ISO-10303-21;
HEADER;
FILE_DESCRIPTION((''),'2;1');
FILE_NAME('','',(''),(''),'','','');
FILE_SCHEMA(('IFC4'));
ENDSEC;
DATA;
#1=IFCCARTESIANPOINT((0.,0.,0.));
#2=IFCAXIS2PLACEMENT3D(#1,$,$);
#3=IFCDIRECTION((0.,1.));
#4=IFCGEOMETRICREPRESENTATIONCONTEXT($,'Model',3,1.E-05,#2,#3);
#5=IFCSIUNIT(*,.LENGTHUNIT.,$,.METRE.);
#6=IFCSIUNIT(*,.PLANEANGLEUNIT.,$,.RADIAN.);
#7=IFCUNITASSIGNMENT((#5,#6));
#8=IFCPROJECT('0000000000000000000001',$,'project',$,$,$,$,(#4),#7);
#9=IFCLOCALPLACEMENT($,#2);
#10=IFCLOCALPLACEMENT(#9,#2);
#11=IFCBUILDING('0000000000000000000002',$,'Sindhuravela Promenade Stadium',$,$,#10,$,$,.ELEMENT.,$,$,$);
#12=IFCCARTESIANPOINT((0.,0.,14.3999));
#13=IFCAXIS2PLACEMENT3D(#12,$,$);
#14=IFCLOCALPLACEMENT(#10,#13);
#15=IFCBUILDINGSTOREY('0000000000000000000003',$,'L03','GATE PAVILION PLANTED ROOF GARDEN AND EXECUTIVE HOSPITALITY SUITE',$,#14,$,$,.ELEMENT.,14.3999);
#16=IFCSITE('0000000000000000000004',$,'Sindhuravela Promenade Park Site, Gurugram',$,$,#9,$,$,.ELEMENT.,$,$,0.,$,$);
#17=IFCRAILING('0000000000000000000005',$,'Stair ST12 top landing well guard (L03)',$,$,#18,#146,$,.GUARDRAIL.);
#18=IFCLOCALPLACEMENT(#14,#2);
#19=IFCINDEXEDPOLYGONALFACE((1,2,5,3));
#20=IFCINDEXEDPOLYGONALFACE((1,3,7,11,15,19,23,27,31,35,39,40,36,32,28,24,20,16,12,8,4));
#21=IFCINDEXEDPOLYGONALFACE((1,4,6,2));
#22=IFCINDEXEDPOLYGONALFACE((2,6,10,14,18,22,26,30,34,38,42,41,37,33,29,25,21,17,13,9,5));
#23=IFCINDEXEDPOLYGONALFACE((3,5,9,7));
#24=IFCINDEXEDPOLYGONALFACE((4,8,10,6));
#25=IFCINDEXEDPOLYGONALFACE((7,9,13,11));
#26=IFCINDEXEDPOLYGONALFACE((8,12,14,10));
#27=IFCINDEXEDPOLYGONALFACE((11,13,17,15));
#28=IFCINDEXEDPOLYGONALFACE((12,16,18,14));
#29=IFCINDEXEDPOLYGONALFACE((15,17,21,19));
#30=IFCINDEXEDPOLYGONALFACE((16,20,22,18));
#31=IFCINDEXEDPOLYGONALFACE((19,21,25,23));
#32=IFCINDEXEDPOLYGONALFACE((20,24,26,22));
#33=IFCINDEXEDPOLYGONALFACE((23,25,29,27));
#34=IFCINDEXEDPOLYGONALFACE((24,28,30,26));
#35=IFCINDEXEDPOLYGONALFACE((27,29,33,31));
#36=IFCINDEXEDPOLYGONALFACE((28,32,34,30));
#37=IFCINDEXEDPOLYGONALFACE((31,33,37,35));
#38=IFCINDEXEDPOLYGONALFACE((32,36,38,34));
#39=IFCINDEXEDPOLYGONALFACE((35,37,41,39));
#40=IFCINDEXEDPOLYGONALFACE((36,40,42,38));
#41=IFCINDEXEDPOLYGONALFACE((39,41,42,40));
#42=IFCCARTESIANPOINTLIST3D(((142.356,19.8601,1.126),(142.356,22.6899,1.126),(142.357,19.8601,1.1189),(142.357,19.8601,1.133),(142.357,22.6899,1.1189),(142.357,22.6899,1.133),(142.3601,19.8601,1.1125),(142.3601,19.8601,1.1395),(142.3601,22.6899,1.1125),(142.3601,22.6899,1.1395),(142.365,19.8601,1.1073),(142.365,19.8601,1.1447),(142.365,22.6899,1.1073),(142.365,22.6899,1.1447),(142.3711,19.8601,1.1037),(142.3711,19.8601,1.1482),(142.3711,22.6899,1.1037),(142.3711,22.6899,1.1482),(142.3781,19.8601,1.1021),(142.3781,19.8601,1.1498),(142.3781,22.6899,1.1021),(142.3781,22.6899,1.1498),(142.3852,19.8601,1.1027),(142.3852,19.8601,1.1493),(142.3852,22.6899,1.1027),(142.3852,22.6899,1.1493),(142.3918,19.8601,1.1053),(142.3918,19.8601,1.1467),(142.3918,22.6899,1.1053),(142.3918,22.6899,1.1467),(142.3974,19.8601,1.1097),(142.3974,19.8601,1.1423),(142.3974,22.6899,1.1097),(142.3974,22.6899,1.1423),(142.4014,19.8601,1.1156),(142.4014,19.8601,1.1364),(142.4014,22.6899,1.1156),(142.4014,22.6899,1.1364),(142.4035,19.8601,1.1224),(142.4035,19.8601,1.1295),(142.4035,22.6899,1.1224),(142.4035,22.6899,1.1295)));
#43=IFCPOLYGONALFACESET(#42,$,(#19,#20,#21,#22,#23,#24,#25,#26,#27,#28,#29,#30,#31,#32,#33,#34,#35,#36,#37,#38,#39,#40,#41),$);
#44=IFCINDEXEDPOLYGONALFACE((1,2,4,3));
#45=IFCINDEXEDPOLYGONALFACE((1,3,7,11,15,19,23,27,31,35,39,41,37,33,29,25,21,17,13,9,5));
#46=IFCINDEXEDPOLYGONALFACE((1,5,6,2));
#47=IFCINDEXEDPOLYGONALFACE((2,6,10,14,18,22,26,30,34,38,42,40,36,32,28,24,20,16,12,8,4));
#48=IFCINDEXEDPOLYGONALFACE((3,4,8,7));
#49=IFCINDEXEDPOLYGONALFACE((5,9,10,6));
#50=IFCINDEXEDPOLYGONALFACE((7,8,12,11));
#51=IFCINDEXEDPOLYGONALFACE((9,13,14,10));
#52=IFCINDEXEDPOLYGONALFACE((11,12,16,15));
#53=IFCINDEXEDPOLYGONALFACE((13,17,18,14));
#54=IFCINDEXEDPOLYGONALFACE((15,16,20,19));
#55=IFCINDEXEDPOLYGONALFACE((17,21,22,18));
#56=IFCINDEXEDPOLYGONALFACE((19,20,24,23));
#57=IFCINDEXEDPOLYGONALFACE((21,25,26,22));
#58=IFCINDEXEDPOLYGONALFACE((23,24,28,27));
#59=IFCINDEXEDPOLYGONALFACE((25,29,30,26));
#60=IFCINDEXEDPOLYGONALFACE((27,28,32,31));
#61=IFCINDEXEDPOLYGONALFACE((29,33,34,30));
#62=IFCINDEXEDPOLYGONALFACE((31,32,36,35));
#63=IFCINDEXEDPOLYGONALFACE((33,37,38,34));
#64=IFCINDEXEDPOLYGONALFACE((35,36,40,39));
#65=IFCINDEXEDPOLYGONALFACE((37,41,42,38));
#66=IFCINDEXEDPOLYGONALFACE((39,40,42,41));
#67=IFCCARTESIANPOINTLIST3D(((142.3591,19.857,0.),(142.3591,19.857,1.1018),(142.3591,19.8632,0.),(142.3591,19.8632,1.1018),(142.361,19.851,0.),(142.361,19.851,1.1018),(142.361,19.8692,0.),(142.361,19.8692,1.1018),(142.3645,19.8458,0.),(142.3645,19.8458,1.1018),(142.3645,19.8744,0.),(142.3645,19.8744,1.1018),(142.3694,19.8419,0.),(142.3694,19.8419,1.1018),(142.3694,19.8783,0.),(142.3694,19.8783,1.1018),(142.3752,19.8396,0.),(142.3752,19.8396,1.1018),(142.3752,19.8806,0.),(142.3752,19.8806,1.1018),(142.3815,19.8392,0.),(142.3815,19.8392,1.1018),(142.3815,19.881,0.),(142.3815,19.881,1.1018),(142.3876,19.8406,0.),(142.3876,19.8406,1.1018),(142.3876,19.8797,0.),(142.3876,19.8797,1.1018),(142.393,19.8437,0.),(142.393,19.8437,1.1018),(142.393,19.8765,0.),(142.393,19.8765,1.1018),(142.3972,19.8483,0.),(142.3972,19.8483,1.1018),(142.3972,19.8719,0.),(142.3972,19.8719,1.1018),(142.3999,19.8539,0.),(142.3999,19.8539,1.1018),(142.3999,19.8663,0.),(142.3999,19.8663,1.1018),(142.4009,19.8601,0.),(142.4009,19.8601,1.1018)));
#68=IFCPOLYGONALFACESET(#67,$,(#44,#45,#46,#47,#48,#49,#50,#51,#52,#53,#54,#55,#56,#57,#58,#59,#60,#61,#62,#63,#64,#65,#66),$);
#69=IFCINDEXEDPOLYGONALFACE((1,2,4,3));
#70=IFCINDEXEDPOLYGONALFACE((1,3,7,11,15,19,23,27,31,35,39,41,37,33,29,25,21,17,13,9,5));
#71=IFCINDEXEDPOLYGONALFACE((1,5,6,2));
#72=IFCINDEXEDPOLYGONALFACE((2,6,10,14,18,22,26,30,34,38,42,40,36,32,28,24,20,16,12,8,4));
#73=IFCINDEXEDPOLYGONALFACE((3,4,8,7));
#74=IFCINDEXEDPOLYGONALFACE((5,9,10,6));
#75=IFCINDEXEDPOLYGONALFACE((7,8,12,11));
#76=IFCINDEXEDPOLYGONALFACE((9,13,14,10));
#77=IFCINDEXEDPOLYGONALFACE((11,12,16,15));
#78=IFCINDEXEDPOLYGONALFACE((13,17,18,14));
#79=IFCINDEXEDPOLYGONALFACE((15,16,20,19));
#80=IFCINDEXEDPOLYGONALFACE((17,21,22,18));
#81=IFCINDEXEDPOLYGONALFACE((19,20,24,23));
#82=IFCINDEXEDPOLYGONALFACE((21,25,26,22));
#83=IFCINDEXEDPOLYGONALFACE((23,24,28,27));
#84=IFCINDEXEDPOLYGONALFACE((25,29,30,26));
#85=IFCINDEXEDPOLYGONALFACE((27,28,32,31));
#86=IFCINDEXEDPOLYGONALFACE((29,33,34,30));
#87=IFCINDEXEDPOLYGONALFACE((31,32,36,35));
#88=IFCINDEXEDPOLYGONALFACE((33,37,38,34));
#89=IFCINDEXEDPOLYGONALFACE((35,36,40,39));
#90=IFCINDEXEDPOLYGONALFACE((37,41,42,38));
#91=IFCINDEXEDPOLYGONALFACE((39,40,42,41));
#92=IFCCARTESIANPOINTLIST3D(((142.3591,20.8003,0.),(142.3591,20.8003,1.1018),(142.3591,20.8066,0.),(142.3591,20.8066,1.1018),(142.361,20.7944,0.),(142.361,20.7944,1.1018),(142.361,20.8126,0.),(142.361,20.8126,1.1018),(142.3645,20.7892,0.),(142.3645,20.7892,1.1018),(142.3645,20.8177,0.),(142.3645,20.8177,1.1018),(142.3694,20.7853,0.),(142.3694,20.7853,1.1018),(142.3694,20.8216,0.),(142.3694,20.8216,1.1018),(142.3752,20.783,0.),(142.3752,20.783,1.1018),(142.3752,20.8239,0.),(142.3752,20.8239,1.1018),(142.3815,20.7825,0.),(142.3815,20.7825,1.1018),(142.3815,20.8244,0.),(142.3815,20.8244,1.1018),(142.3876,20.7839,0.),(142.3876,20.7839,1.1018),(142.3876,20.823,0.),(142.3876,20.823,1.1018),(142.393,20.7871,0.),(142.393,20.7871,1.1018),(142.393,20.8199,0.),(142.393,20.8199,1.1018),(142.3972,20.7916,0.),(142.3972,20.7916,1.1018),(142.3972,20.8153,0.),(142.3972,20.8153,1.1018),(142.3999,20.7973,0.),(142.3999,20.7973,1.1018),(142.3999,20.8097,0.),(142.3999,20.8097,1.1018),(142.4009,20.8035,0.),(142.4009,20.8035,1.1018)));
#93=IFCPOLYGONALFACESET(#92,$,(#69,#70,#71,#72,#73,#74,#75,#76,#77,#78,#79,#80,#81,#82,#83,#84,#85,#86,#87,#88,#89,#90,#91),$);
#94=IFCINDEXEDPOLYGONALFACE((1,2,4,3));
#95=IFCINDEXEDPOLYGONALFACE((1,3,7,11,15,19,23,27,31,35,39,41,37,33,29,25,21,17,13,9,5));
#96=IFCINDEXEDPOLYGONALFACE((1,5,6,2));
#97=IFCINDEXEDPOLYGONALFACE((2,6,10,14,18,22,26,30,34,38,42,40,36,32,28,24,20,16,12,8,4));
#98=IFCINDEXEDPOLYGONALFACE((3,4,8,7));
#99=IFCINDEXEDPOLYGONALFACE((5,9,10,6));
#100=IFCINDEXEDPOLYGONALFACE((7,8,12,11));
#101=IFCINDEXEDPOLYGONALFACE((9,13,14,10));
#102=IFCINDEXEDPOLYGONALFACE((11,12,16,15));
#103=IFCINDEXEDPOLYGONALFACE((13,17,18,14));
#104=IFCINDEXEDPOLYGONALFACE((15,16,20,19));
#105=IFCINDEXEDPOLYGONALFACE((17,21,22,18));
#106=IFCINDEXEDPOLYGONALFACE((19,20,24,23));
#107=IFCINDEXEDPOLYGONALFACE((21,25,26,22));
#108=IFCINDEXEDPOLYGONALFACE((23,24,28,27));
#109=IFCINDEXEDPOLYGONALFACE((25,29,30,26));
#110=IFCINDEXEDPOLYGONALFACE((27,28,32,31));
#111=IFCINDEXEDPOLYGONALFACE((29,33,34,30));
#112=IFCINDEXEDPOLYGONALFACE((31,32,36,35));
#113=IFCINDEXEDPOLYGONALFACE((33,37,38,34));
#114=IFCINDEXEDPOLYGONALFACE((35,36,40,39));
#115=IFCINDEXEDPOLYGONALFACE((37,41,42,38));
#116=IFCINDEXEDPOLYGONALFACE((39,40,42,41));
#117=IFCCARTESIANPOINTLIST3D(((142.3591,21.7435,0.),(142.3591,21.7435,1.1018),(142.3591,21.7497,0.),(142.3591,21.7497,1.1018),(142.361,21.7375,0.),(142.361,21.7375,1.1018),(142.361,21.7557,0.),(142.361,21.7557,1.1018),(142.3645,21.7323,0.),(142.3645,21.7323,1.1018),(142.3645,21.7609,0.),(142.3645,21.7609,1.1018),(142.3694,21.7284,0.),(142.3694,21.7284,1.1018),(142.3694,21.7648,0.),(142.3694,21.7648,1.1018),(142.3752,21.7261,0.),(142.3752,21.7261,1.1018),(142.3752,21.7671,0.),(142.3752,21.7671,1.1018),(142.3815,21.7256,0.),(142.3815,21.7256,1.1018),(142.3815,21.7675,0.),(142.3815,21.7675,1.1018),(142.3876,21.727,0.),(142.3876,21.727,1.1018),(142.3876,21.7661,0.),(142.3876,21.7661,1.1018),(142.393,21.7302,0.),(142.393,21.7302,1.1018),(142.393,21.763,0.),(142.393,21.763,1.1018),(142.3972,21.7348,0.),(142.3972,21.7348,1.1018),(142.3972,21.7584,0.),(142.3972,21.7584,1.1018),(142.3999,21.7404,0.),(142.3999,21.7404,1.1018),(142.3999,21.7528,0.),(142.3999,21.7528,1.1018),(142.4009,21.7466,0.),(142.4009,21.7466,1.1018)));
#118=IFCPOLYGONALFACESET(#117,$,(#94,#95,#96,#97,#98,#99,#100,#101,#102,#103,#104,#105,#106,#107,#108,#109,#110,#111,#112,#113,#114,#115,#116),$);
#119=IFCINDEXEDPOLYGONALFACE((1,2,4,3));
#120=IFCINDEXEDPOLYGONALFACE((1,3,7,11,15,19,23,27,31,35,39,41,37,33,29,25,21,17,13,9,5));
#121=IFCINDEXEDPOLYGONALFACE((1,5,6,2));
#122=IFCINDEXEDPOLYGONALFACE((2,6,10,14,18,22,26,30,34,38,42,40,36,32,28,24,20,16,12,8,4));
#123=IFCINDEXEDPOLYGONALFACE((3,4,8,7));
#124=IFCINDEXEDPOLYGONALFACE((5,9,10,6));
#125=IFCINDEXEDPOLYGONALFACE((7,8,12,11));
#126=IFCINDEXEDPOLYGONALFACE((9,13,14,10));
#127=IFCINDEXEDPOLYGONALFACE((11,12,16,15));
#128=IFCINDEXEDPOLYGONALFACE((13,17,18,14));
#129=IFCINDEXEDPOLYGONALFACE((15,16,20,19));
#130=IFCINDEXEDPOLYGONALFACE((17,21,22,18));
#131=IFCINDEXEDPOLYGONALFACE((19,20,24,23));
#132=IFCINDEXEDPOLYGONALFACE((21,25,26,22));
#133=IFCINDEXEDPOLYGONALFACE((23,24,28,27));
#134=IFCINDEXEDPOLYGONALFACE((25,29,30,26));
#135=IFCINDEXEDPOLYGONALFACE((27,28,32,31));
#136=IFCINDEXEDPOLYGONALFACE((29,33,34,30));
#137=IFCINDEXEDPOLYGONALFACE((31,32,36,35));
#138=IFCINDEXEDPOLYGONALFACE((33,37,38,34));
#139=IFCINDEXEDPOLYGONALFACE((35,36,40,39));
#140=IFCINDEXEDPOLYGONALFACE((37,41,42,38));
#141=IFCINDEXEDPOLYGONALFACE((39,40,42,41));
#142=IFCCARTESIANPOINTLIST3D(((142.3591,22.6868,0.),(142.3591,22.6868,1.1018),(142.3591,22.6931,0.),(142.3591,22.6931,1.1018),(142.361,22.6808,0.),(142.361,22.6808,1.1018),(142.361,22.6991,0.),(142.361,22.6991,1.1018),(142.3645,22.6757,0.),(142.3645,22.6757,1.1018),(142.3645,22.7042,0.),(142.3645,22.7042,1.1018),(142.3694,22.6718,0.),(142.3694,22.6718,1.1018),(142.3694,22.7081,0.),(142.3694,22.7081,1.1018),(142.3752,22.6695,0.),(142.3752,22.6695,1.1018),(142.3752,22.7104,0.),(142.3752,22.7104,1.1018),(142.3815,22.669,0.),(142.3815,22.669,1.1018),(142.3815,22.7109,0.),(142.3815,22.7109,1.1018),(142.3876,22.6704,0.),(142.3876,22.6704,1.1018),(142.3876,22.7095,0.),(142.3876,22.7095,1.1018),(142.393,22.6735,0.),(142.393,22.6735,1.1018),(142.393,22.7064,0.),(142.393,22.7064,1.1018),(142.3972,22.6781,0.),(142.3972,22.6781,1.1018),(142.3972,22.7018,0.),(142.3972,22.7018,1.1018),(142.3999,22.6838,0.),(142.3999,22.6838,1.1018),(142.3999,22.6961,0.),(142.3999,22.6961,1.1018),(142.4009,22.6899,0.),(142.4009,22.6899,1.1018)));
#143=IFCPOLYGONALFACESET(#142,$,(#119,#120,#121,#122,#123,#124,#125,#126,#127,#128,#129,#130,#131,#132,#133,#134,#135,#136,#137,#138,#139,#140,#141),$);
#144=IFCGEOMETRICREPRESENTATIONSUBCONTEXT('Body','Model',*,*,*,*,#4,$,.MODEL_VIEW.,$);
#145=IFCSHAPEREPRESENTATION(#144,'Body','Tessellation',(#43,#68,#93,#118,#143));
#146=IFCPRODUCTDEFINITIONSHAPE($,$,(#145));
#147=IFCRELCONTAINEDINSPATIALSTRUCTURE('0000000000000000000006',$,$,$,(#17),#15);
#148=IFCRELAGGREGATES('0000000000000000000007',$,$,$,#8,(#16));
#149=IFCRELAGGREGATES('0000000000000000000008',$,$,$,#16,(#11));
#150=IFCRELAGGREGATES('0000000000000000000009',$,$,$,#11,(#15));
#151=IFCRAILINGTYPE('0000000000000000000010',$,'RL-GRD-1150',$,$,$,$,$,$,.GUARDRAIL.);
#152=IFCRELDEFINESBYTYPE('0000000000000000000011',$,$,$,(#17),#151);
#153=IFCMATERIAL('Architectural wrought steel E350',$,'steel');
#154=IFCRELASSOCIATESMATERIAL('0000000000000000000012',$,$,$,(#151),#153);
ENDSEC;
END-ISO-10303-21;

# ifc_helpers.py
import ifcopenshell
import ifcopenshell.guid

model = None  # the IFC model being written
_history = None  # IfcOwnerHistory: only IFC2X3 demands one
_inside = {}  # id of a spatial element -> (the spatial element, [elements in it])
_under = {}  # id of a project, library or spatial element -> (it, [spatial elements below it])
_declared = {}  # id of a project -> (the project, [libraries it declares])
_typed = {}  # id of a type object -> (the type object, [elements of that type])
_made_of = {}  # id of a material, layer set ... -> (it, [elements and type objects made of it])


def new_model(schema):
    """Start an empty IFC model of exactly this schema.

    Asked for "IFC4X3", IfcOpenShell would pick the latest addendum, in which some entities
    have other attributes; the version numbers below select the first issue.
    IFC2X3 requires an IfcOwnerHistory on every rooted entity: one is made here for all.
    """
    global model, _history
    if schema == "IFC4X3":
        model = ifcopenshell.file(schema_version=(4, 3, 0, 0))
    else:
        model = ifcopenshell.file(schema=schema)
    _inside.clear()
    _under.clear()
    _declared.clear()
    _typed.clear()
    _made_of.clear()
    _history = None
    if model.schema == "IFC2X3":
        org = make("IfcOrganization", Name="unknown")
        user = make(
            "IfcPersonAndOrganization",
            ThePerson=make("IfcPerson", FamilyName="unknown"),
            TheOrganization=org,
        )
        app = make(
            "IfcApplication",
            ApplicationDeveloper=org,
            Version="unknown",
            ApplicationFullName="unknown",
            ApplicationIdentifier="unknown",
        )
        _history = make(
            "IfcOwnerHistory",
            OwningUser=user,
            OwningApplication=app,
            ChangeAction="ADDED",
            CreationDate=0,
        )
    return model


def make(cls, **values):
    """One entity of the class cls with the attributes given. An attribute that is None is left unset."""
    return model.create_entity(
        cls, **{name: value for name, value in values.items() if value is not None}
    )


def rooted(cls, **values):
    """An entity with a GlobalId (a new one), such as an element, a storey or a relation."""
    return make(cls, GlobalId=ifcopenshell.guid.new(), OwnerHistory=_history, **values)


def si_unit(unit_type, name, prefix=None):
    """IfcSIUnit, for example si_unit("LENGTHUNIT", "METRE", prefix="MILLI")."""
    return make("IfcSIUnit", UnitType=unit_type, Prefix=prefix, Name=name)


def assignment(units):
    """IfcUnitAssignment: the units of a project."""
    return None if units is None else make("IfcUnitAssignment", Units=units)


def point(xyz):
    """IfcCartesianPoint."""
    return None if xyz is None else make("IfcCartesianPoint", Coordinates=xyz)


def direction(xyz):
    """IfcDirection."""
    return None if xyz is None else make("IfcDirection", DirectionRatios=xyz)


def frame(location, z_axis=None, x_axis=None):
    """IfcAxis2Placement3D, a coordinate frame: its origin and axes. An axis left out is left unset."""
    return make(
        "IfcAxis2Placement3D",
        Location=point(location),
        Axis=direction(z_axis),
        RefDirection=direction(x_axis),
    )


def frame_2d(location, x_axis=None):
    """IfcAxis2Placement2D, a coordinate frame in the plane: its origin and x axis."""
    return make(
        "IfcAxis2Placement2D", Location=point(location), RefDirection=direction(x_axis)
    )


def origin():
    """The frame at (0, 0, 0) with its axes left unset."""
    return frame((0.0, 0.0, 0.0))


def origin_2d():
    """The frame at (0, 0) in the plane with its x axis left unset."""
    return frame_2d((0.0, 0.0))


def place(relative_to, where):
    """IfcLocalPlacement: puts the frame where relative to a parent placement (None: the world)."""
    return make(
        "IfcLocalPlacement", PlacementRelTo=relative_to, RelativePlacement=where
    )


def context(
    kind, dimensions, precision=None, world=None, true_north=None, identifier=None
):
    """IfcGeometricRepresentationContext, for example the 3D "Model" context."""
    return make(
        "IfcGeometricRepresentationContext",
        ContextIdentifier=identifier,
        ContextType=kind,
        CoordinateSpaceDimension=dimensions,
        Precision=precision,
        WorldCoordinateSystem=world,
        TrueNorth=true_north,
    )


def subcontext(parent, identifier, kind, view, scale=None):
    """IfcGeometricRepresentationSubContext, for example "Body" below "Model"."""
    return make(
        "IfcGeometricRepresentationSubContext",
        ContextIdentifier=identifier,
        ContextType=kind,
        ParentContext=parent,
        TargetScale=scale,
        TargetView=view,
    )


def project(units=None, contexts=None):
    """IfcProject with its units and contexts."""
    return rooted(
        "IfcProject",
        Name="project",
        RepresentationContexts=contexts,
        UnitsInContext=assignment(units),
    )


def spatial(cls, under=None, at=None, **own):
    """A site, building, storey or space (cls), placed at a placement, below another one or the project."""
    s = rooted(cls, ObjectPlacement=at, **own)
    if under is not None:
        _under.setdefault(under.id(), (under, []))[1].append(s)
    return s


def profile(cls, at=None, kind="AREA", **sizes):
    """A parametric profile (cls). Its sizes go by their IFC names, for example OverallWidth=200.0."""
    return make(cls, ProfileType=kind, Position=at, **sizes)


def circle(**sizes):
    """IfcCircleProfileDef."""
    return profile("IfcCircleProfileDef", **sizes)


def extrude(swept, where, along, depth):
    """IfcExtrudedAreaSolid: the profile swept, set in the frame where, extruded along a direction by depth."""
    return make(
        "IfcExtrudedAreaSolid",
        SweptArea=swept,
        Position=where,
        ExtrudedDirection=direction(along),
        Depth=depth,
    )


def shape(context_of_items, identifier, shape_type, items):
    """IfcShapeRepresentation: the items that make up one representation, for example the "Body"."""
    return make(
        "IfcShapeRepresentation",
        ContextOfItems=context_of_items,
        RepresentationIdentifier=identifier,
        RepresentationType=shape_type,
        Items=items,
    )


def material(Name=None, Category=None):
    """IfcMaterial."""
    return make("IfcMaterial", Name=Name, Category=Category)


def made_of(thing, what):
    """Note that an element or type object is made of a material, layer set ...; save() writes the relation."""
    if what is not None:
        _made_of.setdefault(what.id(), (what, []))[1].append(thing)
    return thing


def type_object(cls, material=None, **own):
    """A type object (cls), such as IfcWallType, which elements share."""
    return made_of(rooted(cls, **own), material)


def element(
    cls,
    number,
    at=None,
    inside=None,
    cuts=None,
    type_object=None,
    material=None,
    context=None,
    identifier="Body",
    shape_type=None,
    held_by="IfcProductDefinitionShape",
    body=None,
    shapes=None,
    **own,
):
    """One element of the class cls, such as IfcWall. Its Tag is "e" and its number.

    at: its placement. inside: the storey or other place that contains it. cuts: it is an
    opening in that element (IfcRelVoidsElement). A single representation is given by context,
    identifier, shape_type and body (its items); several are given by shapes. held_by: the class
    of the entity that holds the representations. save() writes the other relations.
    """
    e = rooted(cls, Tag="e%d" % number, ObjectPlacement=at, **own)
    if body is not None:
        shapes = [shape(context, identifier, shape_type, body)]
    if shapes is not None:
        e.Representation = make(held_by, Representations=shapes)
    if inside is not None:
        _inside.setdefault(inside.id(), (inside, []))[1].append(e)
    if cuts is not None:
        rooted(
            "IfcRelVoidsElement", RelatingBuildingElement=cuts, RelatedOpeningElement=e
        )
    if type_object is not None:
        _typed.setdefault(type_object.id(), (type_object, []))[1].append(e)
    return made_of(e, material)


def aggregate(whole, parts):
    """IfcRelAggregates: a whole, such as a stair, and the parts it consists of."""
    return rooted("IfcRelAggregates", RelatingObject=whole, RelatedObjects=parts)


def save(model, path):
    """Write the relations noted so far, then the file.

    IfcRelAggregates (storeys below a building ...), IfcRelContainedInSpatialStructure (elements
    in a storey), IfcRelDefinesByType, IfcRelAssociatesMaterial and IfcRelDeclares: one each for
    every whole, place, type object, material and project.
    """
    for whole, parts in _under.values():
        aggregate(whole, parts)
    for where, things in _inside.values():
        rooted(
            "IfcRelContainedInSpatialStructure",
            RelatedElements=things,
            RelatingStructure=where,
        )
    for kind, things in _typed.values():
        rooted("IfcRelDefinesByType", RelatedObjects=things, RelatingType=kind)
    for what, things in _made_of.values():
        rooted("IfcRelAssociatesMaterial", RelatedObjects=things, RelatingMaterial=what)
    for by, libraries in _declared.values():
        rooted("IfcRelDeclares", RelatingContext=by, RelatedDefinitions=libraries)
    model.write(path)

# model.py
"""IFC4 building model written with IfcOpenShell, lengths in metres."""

from ifc_helpers import new_model, si_unit, direction, frame, origin, origin_2d, place, context, subcontext, project, spatial, circle, extrude, material, type_object, element, save


model = new_model("IFC4")

# Units and contexts
model_context = context("Model", 3, precision=1e-05, world=origin(), true_north=direction((0.0, 1.0)))
body_context = subcontext(model_context, "Body", "Model", "MODEL_VIEW")
ifc_project = project(units=[si_unit("LENGTHUNIT", "METRE"), si_unit("PLANEANGLEUNIT", "RADIAN")], contexts=[model_context])

# Site, building, storey
site_placement = place(None, origin())
site = spatial("IfcSite", under=ifc_project, at=site_placement, Name="Sindhuravela Promenade Park Site, Gurugram", CompositionType="ELEMENT", RefElevation=0.0)
building_placement = place(site_placement, origin())
building = spatial("IfcBuilding", under=site, at=building_placement, Name="Sindhuravela Promenade Stadium", CompositionType="ELEMENT")
storey_placement = place(building_placement, frame((0.0, 0.0, 14.3999)))
storey = spatial("IfcBuildingStorey", under=building, at=storey_placement, Name="L03", Description="GATE PAVILION PLANTED ROOF GARDEN AND EXECUTIVE HOSPITALITY SUITE", CompositionType="ELEMENT", Elevation=14.3999)

# Shared definitions
ifc_material_1 = material(Name="Architectural wrought steel E350", Category="steel")

# Railing
railing_type = type_object("IfcRailingType", Name="RL-GRD-1150", PredefinedType="GUARDRAIL", material=ifc_material_1)
railing_1_placement = place(storey_placement, frame((142.3799, 19.8601, 0.0)))
element("IfcRailing", 1, at=railing_1_placement, inside=storey, type_object=railing_type, Name="Stair ST12 top landing well guard (L03)", PredefinedType="GUARDRAIL", context=body_context, shape_type="SweptSolid", body=[
    extrude(circle(Radius=0.0239, at=origin_2d()), frame((0.0, 0.0, 1.126), z_axis=(0.0, 1.0, 0.0), x_axis=(-1.0, 0.0, 0.0)), (0.0, 0.0, 1.0), 2.8298),
    extrude(circle(Radius=0.021, at=origin_2d()), origin(), (0.0, 0.0, 1.0), 1.1018),
    extrude(circle(Radius=0.021, at=origin_2d()), frame((0.0, 0.9434, 0.0)), (0.0, 0.0, 1.0), 1.1018),
    extrude(circle(Radius=0.021, at=origin_2d()), frame((0.0, 1.8865, 0.0)), (0.0, 0.0, 1.0), 1.1018),
    extrude(circle(Radius=0.021, at=origin_2d()), frame((0.0, 2.8298, 0.0)), (0.0, 0.0, 1.0), 1.1018),
])

save(model, "model.ifc")
